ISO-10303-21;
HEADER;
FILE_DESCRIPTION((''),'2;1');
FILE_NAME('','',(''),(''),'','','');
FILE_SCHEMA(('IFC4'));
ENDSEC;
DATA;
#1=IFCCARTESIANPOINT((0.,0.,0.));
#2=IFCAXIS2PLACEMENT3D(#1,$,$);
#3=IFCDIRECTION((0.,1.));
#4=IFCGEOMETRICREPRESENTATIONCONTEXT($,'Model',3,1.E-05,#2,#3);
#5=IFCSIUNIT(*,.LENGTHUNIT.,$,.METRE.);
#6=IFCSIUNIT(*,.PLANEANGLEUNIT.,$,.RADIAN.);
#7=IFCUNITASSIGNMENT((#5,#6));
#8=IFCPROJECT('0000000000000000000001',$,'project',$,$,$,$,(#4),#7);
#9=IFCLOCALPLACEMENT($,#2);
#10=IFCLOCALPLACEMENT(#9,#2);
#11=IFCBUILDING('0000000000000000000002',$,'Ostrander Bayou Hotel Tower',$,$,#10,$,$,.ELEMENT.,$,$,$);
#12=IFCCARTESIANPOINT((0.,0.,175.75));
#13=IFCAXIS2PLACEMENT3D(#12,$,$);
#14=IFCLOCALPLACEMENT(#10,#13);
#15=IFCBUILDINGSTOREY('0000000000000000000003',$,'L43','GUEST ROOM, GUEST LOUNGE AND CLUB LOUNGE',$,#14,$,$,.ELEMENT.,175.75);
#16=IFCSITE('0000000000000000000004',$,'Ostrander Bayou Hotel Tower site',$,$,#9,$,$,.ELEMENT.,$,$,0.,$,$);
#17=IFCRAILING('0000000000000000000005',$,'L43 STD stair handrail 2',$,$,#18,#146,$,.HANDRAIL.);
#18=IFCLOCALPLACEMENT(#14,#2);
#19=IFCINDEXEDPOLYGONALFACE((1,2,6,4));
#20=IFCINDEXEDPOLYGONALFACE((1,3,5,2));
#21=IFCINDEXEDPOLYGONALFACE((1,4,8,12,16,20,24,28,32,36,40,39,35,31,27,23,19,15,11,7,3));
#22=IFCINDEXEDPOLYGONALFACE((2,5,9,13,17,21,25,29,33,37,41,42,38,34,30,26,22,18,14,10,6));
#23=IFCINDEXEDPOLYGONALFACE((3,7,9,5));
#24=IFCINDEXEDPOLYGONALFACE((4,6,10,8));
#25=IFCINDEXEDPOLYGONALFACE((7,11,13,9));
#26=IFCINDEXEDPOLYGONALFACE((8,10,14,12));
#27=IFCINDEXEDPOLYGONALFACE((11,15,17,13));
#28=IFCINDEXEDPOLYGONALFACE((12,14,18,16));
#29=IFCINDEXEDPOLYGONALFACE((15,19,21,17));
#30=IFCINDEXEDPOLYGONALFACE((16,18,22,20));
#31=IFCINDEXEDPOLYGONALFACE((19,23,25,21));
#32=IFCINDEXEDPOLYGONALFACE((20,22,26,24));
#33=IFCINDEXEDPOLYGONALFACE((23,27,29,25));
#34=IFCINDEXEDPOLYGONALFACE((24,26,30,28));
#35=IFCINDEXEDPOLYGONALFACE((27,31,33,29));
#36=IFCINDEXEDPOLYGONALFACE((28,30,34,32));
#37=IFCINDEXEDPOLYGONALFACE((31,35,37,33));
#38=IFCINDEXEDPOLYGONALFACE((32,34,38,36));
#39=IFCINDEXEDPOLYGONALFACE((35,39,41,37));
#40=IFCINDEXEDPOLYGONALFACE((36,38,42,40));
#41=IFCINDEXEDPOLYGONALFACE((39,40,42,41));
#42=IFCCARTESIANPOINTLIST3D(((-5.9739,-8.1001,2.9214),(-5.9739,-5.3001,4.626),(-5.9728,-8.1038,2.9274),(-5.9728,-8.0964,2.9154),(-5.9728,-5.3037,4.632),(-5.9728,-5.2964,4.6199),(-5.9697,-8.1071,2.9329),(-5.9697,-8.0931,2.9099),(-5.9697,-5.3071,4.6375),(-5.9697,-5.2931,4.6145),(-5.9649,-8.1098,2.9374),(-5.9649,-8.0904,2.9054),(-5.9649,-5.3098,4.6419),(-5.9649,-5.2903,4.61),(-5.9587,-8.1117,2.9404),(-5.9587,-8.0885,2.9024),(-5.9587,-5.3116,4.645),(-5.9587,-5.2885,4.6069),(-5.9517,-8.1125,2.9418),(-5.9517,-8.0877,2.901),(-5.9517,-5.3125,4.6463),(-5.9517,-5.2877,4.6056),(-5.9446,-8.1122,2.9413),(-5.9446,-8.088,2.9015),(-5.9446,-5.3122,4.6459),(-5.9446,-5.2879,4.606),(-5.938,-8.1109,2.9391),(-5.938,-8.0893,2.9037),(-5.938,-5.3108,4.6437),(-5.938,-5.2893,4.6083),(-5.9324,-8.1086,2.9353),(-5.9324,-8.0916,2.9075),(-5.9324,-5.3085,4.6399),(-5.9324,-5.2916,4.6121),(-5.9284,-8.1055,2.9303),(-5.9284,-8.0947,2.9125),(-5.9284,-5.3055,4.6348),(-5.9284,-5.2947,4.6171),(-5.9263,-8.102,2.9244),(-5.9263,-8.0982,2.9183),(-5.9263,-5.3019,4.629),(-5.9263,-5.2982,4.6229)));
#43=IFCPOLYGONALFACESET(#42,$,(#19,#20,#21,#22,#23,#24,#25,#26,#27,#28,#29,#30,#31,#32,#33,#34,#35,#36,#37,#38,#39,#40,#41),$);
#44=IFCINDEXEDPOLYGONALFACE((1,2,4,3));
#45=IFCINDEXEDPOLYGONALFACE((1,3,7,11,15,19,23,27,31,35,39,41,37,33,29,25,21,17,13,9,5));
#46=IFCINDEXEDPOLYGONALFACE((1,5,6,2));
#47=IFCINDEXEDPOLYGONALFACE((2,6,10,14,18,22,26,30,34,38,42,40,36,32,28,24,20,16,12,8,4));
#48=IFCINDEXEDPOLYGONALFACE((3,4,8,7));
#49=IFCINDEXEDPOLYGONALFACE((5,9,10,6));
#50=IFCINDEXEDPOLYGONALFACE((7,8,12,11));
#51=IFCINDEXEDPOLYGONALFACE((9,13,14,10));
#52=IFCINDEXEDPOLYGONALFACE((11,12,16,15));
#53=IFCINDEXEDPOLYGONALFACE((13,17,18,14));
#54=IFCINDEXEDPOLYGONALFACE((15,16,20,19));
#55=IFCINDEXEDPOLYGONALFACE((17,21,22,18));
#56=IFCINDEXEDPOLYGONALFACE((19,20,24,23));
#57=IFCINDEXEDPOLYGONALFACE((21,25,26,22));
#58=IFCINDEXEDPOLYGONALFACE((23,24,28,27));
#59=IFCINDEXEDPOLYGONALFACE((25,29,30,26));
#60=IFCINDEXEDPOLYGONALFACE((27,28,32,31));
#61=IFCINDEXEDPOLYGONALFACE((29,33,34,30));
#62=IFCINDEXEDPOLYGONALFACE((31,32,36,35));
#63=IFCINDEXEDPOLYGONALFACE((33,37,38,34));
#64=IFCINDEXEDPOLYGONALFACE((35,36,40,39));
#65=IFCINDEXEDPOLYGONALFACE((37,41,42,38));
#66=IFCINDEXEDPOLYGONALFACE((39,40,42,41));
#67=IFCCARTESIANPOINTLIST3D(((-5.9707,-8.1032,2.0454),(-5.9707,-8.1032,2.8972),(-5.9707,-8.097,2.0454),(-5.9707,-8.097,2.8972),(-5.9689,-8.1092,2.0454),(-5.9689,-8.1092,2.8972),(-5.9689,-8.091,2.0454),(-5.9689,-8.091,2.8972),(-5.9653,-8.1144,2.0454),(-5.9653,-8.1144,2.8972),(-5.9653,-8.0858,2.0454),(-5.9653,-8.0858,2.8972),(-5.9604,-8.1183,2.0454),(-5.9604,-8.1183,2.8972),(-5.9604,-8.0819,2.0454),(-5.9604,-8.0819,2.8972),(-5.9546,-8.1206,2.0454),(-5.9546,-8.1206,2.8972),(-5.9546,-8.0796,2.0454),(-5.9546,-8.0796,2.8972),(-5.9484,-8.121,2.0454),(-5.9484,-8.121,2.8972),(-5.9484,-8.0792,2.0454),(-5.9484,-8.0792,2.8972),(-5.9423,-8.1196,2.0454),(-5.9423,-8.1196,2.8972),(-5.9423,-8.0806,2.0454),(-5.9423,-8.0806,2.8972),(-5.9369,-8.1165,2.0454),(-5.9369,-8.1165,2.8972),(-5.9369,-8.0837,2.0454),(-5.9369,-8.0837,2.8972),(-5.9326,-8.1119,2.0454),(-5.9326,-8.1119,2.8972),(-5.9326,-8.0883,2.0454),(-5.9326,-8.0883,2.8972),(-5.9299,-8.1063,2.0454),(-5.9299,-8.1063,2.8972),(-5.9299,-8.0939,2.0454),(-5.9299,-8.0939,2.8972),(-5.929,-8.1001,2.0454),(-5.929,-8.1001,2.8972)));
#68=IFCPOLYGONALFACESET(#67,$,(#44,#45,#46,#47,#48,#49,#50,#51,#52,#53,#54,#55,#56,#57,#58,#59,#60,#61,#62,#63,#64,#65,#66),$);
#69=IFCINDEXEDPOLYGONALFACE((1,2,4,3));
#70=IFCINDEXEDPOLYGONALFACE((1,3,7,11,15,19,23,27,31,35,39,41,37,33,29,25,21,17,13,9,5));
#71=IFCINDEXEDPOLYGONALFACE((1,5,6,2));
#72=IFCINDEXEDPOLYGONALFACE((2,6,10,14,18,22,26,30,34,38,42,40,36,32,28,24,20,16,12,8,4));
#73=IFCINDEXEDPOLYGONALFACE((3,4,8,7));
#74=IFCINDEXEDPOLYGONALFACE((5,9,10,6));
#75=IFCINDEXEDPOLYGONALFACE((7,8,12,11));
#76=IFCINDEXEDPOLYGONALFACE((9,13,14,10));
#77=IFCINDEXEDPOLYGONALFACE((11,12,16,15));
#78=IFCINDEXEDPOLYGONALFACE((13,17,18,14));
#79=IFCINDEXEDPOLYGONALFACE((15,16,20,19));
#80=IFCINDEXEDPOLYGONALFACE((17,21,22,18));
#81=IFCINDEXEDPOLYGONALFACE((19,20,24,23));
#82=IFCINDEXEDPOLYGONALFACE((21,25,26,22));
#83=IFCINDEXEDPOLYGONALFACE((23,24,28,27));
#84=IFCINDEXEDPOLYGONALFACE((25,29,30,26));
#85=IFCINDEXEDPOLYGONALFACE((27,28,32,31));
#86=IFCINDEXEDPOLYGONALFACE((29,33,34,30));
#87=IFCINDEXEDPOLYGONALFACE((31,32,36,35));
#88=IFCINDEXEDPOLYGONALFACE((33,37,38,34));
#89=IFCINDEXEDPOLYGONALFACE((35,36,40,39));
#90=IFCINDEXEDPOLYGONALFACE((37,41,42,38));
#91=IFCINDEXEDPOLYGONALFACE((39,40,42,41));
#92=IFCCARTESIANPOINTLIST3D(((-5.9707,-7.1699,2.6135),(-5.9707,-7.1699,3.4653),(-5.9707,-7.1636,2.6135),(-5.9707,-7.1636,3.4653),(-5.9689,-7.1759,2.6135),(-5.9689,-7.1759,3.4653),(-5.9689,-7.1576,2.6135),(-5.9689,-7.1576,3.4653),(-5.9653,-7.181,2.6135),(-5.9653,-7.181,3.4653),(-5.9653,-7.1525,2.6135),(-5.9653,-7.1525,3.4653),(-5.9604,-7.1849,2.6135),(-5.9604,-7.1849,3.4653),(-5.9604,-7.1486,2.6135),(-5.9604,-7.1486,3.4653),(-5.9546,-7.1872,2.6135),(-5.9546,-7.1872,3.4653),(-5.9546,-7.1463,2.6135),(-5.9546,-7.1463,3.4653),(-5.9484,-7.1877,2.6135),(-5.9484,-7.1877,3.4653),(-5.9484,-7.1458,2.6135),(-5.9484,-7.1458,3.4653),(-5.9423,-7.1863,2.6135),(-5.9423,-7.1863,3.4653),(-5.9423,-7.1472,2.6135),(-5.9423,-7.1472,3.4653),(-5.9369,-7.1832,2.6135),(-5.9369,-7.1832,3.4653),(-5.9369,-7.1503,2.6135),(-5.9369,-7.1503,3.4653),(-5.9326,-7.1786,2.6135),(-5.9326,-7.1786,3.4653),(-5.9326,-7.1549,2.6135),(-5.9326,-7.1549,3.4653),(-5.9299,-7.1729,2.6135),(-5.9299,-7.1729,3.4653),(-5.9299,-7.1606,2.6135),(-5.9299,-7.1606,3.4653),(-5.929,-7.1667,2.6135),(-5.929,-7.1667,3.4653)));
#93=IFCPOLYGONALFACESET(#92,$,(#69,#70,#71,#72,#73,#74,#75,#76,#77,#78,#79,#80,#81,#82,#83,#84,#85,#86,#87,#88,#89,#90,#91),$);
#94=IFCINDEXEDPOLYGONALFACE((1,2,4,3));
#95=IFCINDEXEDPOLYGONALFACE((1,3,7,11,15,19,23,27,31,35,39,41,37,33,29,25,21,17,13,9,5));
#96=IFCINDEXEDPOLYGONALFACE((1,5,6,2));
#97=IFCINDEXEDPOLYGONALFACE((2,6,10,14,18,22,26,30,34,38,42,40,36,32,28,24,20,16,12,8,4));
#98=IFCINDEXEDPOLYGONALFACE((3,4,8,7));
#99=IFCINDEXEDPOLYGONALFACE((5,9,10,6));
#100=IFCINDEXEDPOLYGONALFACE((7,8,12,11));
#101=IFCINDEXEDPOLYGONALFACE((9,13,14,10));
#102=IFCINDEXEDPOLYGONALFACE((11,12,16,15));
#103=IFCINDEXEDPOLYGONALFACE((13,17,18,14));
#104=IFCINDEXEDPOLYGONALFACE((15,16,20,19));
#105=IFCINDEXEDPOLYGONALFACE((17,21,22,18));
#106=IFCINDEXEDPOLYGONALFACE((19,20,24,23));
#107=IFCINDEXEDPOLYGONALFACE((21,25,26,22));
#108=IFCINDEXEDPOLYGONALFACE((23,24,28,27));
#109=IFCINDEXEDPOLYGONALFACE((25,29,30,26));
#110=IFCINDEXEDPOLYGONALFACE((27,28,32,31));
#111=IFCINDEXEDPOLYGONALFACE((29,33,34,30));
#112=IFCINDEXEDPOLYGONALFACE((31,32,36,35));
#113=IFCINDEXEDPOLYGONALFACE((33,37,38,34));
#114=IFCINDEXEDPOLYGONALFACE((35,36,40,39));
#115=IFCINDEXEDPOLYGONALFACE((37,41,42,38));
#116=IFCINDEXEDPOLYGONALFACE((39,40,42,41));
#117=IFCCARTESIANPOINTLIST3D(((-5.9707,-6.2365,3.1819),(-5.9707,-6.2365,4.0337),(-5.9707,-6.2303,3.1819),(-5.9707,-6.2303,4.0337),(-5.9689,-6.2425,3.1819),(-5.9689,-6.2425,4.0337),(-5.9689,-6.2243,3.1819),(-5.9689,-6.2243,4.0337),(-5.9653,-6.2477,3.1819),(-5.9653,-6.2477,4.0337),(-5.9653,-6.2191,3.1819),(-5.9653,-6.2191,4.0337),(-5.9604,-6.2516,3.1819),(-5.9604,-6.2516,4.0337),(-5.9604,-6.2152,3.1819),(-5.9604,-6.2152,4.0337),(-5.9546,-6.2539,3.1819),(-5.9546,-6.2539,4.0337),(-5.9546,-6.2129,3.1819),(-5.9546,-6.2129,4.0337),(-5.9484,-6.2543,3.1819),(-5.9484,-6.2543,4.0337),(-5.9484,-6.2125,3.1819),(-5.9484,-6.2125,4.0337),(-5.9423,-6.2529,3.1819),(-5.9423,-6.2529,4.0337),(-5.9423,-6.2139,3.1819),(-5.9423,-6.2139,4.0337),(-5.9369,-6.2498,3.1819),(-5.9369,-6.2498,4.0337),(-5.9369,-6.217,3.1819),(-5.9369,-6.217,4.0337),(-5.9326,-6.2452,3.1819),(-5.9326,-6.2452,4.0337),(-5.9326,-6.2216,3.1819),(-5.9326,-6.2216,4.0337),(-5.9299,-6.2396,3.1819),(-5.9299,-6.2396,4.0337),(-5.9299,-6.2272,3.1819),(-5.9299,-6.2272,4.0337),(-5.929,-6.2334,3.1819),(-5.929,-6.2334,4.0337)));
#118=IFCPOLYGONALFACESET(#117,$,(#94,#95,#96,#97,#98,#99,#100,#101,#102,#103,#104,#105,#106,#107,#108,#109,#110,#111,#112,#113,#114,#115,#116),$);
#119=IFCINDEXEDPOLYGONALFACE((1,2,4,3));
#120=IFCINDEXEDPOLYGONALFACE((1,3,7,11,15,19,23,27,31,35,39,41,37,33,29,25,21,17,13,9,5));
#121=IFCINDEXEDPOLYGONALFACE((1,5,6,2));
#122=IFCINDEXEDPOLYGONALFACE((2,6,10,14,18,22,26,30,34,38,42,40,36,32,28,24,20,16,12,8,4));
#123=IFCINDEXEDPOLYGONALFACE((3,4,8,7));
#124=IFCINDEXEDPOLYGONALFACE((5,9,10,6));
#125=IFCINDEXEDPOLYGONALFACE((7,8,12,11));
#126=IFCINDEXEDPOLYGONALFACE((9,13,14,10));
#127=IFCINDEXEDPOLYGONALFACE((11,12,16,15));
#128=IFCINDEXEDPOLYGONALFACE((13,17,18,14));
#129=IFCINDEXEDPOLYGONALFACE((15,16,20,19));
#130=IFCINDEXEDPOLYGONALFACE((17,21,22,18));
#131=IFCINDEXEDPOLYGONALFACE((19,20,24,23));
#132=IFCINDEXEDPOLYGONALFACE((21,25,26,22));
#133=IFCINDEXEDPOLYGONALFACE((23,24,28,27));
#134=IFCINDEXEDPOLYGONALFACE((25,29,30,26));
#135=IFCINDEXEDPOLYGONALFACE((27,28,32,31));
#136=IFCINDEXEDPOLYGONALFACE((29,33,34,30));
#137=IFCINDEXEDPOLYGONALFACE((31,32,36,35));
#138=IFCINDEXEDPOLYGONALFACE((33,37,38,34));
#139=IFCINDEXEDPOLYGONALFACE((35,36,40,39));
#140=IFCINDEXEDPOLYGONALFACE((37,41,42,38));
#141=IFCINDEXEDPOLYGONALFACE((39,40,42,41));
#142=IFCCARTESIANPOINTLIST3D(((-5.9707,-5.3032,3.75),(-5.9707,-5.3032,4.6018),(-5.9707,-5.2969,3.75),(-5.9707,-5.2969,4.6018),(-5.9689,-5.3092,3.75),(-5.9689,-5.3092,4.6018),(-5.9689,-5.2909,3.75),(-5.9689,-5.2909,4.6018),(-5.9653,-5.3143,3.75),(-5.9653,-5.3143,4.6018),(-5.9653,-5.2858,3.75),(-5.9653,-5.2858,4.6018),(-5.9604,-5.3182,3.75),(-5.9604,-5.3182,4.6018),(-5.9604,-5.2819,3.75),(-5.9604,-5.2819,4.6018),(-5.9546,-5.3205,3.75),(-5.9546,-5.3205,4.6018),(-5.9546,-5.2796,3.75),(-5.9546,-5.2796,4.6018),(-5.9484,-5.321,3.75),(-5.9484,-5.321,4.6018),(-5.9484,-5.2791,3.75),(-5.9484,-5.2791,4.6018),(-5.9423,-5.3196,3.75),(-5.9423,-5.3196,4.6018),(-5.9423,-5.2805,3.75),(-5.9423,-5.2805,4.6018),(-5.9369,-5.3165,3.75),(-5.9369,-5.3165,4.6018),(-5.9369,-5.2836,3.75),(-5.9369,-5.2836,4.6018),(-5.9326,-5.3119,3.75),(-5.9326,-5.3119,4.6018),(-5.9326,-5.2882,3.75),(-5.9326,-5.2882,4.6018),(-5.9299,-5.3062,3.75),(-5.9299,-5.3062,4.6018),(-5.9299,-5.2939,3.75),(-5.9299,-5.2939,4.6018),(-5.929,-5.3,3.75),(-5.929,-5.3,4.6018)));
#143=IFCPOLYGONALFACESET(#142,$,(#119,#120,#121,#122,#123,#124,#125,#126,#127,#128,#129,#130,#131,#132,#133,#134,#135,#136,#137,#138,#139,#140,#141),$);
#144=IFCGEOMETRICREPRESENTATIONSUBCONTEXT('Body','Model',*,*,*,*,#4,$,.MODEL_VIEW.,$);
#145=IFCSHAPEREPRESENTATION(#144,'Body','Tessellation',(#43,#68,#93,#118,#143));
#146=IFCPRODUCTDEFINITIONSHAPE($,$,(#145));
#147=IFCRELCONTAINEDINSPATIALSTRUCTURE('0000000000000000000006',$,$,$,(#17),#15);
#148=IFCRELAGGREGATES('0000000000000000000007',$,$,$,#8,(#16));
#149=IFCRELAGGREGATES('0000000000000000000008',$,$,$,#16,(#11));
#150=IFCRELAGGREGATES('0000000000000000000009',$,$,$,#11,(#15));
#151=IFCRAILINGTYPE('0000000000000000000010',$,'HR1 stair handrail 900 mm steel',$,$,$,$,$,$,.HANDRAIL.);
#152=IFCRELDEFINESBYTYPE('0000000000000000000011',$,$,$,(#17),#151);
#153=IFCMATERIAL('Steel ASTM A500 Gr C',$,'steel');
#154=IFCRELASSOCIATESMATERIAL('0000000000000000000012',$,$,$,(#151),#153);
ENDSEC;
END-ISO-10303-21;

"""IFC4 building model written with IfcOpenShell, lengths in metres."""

from ifc_helpers import new_model, si_unit, direction, frame, origin, origin_2d, place, context, subcontext, project, spatial, circle, extrude, material, type_object, element, save


model = new_model("IFC4")

# Units and contexts
model_context = context("Model", 3, precision=1e-05, world=origin(), true_north=direction((0.0, 1.0)))
body_context = subcontext(model_context, "Body", "Model", "MODEL_VIEW")
ifc_project = project(units=[si_unit("LENGTHUNIT", "METRE"), si_unit("PLANEANGLEUNIT", "RADIAN")], contexts=[model_context])

# Site, building, storey
site_placement = place(None, origin())
site = spatial("IfcSite", under=ifc_project, at=site_placement, Name="Ostrander Bayou Hotel Tower site", CompositionType="ELEMENT", RefElevation=0.0)
building_placement = place(site_placement, origin())
building = spatial("IfcBuilding", under=site, at=building_placement, Name="Ostrander Bayou Hotel Tower", CompositionType="ELEMENT")
storey_placement = place(building_placement, frame((0.0, 0.0, 175.75)))
storey = spatial("IfcBuildingStorey", under=building, at=storey_placement, Name="L43", Description="GUEST ROOM, GUEST LOUNGE AND CLUB LOUNGE", CompositionType="ELEMENT", Elevation=175.75)

# Railing
ifc_material_1 = material(Name="Steel ASTM A500 Gr C", Category="steel")
railing_type_1 = type_object("IfcRailingType", Name="HR1 stair handrail 900 mm steel", PredefinedType="HANDRAIL", material=ifc_material_1)
railing_1_placement = place(storey_placement, frame((-5.95, -8.1001, 2.0454)))
element("IfcRailing", 1, at=railing_1_placement, inside=storey, type_object=railing_type_1, Name="L43 STD stair handrail 2", PredefinedType="HANDRAIL", context=body_context, shape_type="SweptSolid", body=[
    extrude(circle(Radius=0.0239, at=origin_2d()), frame((0.0, 0.0, 0.876), z_axis=(0.0, 0.85417, 0.519994), x_axis=(-1.0, 0.0, 0.0)), (0.0, 0.0, 1.0), 3.2781),
    extrude(circle(Radius=0.021, at=origin_2d()), origin(), (0.0, 0.0, 1.0), 0.8518),
    extrude(circle(Radius=0.021, at=origin_2d()), frame((0.0, 0.9333, 0.5681)), (0.0, 0.0, 1.0), 0.8518),
    extrude(circle(Radius=0.021, at=origin_2d()), frame((0.0, 1.8667, 1.1365)), (0.0, 0.0, 1.0), 0.8518),
    extrude(circle(Radius=0.021, at=origin_2d()), frame((0.0, 2.8, 1.7046)), (0.0, 0.0, 1.0), 0.8518),
])

save(model, "model.ifc")
